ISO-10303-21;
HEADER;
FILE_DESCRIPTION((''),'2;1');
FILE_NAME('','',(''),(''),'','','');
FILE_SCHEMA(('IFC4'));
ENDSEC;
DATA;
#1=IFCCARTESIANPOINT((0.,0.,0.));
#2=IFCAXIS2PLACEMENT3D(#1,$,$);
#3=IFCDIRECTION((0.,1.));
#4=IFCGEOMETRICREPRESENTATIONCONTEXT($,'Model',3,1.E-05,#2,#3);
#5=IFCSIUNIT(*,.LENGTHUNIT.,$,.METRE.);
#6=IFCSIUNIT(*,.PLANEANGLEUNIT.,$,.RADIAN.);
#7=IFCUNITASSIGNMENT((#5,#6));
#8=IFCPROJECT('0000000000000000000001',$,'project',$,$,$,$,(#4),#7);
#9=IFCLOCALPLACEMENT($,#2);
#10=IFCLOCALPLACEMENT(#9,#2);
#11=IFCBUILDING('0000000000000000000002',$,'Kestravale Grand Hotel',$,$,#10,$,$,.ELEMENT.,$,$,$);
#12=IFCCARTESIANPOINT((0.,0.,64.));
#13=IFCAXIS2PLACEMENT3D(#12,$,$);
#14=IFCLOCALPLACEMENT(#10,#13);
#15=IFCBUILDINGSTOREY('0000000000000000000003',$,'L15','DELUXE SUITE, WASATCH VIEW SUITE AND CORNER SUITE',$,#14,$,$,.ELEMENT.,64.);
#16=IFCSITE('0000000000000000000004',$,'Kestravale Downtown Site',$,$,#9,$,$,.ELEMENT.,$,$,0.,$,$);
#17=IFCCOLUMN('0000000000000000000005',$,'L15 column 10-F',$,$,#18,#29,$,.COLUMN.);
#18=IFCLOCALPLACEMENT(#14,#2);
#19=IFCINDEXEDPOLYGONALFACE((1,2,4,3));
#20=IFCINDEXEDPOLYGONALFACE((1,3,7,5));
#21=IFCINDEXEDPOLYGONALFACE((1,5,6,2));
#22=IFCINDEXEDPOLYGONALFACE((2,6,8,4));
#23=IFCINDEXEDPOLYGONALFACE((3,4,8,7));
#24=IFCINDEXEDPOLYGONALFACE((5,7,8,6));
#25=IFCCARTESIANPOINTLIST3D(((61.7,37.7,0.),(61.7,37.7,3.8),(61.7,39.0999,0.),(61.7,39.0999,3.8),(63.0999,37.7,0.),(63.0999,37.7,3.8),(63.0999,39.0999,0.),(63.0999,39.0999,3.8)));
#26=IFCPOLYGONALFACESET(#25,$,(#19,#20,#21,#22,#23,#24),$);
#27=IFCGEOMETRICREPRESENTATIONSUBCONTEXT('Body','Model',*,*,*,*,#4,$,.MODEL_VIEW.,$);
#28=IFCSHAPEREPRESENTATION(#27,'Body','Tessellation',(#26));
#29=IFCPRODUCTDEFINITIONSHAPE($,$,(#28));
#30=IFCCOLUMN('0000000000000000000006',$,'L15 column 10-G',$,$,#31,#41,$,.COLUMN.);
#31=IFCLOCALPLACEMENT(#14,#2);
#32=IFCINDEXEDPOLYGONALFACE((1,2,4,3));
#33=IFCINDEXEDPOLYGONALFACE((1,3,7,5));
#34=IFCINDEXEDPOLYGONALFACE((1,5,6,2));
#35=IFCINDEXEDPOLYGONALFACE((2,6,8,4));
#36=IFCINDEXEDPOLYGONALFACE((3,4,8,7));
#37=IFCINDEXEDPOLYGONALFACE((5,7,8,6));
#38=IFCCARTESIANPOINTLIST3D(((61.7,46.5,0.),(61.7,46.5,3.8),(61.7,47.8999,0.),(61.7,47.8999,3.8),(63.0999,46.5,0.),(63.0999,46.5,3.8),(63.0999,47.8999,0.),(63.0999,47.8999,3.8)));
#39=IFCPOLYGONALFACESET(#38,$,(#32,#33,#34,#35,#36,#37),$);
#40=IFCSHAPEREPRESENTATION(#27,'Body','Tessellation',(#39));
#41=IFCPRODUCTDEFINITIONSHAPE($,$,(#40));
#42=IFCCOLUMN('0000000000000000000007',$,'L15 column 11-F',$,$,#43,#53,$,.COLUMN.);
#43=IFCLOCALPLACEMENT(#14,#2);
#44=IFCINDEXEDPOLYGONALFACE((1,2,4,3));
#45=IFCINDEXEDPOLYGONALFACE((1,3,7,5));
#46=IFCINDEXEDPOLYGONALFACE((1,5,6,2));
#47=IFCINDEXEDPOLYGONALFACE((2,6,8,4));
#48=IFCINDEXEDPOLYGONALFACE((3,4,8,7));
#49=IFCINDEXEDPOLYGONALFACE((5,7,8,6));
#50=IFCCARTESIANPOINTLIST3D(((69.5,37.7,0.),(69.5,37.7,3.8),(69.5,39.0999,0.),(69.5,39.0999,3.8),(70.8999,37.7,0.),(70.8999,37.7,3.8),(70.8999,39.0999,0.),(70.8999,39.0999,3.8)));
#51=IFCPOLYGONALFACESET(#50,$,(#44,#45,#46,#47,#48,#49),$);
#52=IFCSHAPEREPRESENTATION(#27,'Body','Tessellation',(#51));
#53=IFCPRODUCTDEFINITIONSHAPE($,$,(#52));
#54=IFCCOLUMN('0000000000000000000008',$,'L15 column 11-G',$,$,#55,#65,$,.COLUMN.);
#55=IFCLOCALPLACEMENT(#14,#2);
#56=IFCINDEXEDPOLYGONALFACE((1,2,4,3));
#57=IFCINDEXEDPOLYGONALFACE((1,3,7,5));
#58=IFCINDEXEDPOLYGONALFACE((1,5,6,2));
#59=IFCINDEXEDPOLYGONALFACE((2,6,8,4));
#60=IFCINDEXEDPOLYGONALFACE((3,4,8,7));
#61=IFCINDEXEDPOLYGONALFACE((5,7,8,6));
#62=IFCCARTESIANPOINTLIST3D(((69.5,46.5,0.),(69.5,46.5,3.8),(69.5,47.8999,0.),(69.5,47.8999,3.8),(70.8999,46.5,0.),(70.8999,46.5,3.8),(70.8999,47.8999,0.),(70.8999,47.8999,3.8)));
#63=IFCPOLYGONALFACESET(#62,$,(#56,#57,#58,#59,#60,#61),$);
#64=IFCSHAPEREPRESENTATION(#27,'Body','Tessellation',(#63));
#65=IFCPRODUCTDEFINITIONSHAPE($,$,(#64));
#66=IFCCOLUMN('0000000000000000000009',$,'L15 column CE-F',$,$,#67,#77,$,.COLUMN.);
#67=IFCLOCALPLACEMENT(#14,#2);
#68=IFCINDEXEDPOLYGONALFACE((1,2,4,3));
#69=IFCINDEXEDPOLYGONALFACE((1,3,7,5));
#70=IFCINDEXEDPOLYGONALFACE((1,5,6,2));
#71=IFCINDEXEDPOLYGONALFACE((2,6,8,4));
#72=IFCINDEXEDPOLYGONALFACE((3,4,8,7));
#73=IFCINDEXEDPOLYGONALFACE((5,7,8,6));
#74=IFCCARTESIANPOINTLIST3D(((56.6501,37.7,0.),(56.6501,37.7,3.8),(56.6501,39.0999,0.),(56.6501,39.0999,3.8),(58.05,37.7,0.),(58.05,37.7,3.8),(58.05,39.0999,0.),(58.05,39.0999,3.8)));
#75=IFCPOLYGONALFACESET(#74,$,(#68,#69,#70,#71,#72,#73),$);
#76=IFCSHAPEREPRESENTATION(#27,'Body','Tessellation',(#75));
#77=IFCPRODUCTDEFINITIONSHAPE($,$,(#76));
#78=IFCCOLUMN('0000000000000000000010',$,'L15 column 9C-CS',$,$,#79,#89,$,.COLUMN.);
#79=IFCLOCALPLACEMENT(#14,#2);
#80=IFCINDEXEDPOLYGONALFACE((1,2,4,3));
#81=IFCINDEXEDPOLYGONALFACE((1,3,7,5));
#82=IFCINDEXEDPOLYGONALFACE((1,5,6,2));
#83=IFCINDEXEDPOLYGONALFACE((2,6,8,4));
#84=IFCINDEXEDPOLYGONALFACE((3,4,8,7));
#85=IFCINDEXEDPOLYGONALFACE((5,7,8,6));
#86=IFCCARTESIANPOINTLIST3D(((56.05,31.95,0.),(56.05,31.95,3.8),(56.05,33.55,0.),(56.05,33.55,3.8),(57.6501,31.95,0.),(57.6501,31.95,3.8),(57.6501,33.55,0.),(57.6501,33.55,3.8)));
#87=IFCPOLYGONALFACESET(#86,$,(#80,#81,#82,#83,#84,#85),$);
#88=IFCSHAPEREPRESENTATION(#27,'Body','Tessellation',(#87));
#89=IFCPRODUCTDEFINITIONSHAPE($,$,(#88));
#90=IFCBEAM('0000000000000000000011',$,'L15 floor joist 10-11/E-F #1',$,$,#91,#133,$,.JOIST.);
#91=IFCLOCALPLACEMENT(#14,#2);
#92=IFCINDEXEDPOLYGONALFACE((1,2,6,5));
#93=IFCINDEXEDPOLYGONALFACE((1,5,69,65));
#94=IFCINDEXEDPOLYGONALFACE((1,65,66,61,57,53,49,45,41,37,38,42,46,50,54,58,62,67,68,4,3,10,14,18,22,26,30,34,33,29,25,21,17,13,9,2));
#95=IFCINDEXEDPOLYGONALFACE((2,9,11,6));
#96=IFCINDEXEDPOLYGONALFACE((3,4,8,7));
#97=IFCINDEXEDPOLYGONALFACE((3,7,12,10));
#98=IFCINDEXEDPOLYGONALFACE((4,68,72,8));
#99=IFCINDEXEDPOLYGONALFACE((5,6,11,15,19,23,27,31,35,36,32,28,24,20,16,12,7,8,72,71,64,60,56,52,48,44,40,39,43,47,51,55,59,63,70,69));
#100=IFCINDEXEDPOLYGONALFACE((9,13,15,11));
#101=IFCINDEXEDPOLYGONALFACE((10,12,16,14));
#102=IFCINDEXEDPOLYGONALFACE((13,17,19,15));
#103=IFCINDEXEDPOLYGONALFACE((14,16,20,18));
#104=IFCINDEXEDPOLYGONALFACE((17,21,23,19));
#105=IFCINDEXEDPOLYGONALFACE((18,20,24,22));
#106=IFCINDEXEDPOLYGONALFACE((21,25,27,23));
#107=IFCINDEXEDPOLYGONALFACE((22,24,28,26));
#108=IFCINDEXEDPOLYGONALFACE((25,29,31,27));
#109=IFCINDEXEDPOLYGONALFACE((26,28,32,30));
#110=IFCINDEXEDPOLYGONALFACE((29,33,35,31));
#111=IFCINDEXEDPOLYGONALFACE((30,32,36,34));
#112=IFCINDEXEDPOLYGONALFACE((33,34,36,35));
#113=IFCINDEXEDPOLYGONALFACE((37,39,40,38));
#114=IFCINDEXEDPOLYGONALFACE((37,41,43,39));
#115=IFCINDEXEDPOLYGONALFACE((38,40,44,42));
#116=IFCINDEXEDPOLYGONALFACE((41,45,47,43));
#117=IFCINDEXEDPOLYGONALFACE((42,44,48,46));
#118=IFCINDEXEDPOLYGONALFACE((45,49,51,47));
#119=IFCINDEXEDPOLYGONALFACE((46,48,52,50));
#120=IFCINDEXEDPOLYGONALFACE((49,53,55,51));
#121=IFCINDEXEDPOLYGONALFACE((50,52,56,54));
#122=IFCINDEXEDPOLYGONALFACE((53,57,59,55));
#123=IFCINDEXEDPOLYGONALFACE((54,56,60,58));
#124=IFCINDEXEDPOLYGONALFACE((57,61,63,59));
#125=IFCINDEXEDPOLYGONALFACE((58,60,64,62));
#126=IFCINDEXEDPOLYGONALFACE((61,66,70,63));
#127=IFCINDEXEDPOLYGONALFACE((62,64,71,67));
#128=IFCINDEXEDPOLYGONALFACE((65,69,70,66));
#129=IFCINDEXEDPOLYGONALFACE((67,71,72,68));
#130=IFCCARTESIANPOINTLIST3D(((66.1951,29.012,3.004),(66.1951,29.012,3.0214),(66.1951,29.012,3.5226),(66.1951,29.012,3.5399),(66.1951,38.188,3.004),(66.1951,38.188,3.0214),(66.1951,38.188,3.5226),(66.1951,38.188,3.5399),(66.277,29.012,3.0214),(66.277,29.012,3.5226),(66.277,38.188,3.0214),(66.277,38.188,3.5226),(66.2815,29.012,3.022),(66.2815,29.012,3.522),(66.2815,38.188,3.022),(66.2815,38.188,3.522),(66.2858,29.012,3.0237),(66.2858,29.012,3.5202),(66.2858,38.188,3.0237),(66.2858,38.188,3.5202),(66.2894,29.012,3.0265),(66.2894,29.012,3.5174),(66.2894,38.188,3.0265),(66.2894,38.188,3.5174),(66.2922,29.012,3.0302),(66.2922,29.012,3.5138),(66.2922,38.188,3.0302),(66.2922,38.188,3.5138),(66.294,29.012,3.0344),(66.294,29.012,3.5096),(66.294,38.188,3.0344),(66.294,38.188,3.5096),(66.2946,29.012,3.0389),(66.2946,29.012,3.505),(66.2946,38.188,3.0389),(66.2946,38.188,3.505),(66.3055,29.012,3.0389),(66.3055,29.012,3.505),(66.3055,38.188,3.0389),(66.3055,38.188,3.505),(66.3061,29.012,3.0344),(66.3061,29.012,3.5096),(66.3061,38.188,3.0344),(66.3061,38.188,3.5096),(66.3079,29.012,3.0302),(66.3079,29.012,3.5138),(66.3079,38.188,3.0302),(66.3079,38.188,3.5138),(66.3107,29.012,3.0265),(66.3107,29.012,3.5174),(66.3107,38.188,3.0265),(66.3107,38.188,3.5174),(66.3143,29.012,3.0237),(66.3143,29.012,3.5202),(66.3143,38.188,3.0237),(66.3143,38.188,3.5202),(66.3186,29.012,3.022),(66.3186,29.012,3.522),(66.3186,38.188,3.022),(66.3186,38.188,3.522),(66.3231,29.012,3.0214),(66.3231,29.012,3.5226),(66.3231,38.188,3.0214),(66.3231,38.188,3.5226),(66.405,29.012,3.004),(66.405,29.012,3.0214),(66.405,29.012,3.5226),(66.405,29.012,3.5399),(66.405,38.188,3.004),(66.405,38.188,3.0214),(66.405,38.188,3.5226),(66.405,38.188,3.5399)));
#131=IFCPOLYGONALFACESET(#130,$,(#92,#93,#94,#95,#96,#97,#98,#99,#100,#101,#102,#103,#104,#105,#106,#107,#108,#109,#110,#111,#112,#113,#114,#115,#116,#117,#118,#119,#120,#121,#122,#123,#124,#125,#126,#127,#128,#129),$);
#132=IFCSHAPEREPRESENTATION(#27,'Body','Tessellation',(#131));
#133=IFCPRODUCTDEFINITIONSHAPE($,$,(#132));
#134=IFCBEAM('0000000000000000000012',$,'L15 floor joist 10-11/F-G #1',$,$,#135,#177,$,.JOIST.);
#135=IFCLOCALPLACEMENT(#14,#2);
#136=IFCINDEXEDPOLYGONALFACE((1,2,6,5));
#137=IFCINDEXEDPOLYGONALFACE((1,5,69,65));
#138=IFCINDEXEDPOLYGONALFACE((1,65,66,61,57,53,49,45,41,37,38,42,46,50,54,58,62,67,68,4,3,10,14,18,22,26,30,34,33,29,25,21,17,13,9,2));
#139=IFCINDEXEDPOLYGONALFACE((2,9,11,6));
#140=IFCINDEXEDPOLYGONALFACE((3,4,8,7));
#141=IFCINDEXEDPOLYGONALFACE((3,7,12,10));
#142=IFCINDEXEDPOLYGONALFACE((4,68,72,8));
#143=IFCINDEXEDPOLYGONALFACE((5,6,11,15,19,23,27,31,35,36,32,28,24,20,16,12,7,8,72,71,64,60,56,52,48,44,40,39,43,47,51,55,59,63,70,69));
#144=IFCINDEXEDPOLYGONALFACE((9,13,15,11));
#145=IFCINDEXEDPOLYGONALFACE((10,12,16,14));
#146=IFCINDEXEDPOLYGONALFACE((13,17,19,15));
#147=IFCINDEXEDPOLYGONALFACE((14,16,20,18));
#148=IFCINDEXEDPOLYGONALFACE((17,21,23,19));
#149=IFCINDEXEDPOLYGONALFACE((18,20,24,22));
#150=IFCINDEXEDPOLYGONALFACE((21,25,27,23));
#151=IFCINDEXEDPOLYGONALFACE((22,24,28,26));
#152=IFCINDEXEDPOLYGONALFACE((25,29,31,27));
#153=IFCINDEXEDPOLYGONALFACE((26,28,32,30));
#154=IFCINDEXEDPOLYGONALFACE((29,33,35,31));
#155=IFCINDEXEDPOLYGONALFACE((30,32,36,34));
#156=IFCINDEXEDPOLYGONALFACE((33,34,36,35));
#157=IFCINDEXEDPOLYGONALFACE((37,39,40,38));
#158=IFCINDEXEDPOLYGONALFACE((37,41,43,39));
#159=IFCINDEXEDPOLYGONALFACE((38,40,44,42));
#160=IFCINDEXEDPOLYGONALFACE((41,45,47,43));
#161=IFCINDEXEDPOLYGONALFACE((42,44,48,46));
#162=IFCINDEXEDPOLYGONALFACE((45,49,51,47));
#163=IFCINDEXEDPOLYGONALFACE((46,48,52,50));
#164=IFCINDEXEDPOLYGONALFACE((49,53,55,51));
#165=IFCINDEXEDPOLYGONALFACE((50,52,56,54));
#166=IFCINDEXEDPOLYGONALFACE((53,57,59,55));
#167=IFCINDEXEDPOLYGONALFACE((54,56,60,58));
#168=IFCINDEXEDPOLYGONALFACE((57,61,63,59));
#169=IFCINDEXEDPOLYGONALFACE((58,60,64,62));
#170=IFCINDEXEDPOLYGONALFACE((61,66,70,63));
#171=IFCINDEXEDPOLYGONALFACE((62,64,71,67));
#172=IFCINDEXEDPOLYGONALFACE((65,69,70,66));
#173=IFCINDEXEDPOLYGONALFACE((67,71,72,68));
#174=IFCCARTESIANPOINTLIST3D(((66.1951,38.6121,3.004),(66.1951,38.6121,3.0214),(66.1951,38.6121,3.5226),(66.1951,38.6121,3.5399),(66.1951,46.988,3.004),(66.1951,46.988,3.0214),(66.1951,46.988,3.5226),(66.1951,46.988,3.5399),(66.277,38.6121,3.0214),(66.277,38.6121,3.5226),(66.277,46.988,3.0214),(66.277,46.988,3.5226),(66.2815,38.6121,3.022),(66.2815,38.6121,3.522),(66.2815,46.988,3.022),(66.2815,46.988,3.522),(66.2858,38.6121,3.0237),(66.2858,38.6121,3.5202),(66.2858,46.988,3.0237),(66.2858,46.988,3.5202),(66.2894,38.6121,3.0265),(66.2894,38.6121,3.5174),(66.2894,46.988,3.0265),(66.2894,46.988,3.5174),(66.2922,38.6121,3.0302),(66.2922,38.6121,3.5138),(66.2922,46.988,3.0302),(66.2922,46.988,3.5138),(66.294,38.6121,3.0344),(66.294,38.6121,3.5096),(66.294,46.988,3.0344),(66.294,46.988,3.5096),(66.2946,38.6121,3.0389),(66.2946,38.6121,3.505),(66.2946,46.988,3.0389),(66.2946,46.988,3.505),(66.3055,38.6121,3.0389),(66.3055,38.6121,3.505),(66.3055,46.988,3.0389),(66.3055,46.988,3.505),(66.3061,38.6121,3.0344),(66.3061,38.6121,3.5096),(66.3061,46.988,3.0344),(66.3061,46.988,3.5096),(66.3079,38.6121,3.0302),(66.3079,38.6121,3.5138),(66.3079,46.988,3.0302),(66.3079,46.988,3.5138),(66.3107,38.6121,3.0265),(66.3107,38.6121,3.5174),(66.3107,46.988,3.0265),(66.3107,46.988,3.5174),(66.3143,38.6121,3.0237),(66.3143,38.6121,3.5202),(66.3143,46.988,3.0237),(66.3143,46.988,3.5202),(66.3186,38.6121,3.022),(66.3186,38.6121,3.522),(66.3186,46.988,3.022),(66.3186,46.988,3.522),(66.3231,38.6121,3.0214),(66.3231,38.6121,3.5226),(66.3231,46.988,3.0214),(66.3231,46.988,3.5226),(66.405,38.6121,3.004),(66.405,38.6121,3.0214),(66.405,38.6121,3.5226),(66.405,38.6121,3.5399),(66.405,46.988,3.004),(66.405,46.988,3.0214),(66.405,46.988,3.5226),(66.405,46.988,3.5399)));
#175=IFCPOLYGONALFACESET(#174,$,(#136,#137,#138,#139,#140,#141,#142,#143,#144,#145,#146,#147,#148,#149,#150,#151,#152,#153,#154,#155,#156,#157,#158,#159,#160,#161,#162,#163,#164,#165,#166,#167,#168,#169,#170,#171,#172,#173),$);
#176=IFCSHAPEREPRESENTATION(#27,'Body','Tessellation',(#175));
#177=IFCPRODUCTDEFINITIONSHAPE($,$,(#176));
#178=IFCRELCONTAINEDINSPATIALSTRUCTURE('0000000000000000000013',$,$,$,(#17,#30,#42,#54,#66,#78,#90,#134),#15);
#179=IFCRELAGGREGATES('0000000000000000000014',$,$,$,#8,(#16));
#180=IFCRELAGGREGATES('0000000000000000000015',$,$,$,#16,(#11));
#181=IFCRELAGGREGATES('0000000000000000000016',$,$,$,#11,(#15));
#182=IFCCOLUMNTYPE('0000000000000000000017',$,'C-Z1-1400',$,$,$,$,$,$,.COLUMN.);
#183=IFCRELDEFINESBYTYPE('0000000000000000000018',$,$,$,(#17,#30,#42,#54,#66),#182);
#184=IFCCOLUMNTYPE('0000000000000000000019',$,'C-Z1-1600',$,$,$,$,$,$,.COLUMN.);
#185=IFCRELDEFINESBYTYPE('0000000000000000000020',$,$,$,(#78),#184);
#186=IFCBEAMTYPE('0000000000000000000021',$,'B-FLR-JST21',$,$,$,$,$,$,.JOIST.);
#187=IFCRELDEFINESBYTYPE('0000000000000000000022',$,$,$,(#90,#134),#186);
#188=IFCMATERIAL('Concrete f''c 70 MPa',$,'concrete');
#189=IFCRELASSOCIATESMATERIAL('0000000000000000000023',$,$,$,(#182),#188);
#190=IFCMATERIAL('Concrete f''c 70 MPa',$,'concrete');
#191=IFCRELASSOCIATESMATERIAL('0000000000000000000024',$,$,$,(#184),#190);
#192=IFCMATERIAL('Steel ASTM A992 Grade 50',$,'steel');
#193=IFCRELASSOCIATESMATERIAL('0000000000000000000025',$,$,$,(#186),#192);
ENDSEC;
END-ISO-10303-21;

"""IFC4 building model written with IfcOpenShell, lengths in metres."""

from ifc_helpers import new_model, si_unit, direction, frame, origin, origin_2d, place, context, subcontext, project, spatial, rectangle, i_section, extrude, material, material_profile, profile_set, type_object, element, save


model = new_model("IFC4")

# Units and contexts
model_context = context("Model", 3, precision=1e-05, world=origin(), true_north=direction((0.0, 1.0)))
body_context = subcontext(model_context, "Body", "Model", "MODEL_VIEW")
ifc_project = project(units=[si_unit("LENGTHUNIT", "METRE"), si_unit("PLANEANGLEUNIT", "RADIAN")], contexts=[model_context])

# Site, building, storey
site_placement = place(None, origin())
site = spatial("IfcSite", under=ifc_project, at=site_placement, Name="Kestravale Downtown Site", CompositionType="ELEMENT", RefElevation=0.0)
building_placement = place(site_placement, origin())
building = spatial("IfcBuilding", under=site, at=building_placement, Name="Kestravale Grand Hotel", CompositionType="ELEMENT")
storey_placement = place(building_placement, frame((0.0, 0.0, 64.0)))
storey = spatial("IfcBuildingStorey", under=building, at=storey_placement, Name="L15", Description="DELUXE SUITE, WASATCH VIEW SUITE AND CORNER SUITE", CompositionType="ELEMENT", Elevation=64.0)

# Columns
ifc_material_1 = material(Name="Concrete f'c 70 MPa", Category="concrete")
ifc_material_profile_1 = material_profile(ifc_material_1, rectangle(XDim=1.3999, YDim=1.3999, at=origin_2d()))
ifc_profile_set_1 = profile_set([ifc_material_profile_1], Name="Concrete f'c 70 MPa")
column_type_1 = type_object("IfcColumnType", Name="C-Z1-1400", PredefinedType="COLUMN", material=ifc_profile_set_1)
for number, where, z_axis, x_axis, name in (
    (1, (62.3999, 38.3999, 0.0), (0.0, 0.0, 1.0), (1.0, 0.0, 0.0), "L15 column 10-F"),
    (2, (62.3999, 47.2, 0.0), (0.0, 0.0, 1.0), (1.0, 0.0, 0.0), "L15 column 10-G"),
    (3, (70.2, 38.3999, 0.0), (0.0, 0.0, 1.0), (1.0, 0.0, 0.0), "L15 column 11-F"),
    (4, (70.2, 47.2, 0.0), (0.0, 0.0, 1.0), (1.0, 0.0, 0.0), "L15 column 11-G"),
    (5, (57.3501, 38.3999, 0.0), (0.0, 0.0, 1.0), (1.0, 0.0, 0.0), "L15 column CE-F"),
):
    element("IfcColumn", number, at=place(storey_placement, frame(where, z_axis=z_axis, x_axis=x_axis)), inside=storey, type_object=column_type_1, Name=name, PredefinedType="COLUMN", context=body_context, shape_type="SweptSolid", body=[
        extrude(rectangle(XDim=1.3999, YDim=1.3999, at=origin_2d()), origin(), (0.0, 0.0, 1.0), 3.8),
    ])
ifc_material_2 = material(Name="Concrete f'c 70 MPa", Category="concrete")
ifc_material_profile_2 = material_profile(ifc_material_2, rectangle(XDim=1.6001, YDim=1.6001, at=origin_2d()))
ifc_profile_set_2 = profile_set([ifc_material_profile_2], Name="Concrete f'c 70 MPa")
column_type_2 = type_object("IfcColumnType", Name="C-Z1-1600", PredefinedType="COLUMN", material=ifc_profile_set_2)
column_placement = place(storey_placement, frame((56.8501, 32.75, 0.0), z_axis=(0.0, 0.0, 1.0), x_axis=(1.0, 0.0, 0.0)))
element("IfcColumn", 6, at=column_placement, inside=storey, type_object=column_type_2, Name="L15 column 9C-CS", PredefinedType="COLUMN", context=body_context, shape_type="SweptSolid", body=[
    extrude(rectangle(XDim=1.6001, YDim=1.6001, at=origin_2d()), origin(), (0.0, 0.0, 1.0), 3.8),
])

# Beams
ifc_material_3 = material(Name="Steel ASTM A992 Grade 50", Category="steel")
ifc_material_profile_3 = material_profile(ifc_material_3, i_section(OverallWidth=0.21, OverallDepth=0.5359, WebThickness=0.011, FlangeThickness=0.0173, FilletRadius=0.0176, at=origin_2d()))
ifc_profile_set_3 = profile_set([ifc_material_profile_3], Name="Steel ASTM A992 Grade 50")
beam_type_1 = type_object("IfcBeamType", Name="B-FLR-JST21", PredefinedType="JOIST", material=ifc_profile_set_3)
beam_1_placement = place(storey_placement, frame((66.3, 29.012, 3.272), z_axis=(0.0, 1.0, 0.0), x_axis=(-1.0, 0.0, 0.0)))
element("IfcBeam", 7, at=beam_1_placement, inside=storey, type_object=beam_type_1, Name="L15 floor joist 10-11/E-F #1", PredefinedType="JOIST", context=body_context, shape_type="SweptSolid", body=[
    extrude(i_section(OverallWidth=0.21, OverallDepth=0.5359, WebThickness=0.011, FlangeThickness=0.0173, FilletRadius=0.0176, at=origin_2d()), origin(), (0.0, 0.0, 1.0), 9.176),
])
beam_2_placement = place(storey_placement, frame((66.3, 38.6121, 3.272), z_axis=(0.0, 1.0, 0.0), x_axis=(-1.0, 0.0, 0.0)))
element("IfcBeam", 8, at=beam_2_placement, inside=storey, type_object=beam_type_1, Name="L15 floor joist 10-11/F-G #1", PredefinedType="JOIST", context=body_context, shape_type="SweptSolid", body=[
    extrude(i_section(OverallWidth=0.21, OverallDepth=0.5359, WebThickness=0.011, FlangeThickness=0.0173, FilletRadius=0.0176, at=origin_2d()), origin(), (0.0, 0.0, 1.0), 8.376),
])

save(model, "model.ifc")
